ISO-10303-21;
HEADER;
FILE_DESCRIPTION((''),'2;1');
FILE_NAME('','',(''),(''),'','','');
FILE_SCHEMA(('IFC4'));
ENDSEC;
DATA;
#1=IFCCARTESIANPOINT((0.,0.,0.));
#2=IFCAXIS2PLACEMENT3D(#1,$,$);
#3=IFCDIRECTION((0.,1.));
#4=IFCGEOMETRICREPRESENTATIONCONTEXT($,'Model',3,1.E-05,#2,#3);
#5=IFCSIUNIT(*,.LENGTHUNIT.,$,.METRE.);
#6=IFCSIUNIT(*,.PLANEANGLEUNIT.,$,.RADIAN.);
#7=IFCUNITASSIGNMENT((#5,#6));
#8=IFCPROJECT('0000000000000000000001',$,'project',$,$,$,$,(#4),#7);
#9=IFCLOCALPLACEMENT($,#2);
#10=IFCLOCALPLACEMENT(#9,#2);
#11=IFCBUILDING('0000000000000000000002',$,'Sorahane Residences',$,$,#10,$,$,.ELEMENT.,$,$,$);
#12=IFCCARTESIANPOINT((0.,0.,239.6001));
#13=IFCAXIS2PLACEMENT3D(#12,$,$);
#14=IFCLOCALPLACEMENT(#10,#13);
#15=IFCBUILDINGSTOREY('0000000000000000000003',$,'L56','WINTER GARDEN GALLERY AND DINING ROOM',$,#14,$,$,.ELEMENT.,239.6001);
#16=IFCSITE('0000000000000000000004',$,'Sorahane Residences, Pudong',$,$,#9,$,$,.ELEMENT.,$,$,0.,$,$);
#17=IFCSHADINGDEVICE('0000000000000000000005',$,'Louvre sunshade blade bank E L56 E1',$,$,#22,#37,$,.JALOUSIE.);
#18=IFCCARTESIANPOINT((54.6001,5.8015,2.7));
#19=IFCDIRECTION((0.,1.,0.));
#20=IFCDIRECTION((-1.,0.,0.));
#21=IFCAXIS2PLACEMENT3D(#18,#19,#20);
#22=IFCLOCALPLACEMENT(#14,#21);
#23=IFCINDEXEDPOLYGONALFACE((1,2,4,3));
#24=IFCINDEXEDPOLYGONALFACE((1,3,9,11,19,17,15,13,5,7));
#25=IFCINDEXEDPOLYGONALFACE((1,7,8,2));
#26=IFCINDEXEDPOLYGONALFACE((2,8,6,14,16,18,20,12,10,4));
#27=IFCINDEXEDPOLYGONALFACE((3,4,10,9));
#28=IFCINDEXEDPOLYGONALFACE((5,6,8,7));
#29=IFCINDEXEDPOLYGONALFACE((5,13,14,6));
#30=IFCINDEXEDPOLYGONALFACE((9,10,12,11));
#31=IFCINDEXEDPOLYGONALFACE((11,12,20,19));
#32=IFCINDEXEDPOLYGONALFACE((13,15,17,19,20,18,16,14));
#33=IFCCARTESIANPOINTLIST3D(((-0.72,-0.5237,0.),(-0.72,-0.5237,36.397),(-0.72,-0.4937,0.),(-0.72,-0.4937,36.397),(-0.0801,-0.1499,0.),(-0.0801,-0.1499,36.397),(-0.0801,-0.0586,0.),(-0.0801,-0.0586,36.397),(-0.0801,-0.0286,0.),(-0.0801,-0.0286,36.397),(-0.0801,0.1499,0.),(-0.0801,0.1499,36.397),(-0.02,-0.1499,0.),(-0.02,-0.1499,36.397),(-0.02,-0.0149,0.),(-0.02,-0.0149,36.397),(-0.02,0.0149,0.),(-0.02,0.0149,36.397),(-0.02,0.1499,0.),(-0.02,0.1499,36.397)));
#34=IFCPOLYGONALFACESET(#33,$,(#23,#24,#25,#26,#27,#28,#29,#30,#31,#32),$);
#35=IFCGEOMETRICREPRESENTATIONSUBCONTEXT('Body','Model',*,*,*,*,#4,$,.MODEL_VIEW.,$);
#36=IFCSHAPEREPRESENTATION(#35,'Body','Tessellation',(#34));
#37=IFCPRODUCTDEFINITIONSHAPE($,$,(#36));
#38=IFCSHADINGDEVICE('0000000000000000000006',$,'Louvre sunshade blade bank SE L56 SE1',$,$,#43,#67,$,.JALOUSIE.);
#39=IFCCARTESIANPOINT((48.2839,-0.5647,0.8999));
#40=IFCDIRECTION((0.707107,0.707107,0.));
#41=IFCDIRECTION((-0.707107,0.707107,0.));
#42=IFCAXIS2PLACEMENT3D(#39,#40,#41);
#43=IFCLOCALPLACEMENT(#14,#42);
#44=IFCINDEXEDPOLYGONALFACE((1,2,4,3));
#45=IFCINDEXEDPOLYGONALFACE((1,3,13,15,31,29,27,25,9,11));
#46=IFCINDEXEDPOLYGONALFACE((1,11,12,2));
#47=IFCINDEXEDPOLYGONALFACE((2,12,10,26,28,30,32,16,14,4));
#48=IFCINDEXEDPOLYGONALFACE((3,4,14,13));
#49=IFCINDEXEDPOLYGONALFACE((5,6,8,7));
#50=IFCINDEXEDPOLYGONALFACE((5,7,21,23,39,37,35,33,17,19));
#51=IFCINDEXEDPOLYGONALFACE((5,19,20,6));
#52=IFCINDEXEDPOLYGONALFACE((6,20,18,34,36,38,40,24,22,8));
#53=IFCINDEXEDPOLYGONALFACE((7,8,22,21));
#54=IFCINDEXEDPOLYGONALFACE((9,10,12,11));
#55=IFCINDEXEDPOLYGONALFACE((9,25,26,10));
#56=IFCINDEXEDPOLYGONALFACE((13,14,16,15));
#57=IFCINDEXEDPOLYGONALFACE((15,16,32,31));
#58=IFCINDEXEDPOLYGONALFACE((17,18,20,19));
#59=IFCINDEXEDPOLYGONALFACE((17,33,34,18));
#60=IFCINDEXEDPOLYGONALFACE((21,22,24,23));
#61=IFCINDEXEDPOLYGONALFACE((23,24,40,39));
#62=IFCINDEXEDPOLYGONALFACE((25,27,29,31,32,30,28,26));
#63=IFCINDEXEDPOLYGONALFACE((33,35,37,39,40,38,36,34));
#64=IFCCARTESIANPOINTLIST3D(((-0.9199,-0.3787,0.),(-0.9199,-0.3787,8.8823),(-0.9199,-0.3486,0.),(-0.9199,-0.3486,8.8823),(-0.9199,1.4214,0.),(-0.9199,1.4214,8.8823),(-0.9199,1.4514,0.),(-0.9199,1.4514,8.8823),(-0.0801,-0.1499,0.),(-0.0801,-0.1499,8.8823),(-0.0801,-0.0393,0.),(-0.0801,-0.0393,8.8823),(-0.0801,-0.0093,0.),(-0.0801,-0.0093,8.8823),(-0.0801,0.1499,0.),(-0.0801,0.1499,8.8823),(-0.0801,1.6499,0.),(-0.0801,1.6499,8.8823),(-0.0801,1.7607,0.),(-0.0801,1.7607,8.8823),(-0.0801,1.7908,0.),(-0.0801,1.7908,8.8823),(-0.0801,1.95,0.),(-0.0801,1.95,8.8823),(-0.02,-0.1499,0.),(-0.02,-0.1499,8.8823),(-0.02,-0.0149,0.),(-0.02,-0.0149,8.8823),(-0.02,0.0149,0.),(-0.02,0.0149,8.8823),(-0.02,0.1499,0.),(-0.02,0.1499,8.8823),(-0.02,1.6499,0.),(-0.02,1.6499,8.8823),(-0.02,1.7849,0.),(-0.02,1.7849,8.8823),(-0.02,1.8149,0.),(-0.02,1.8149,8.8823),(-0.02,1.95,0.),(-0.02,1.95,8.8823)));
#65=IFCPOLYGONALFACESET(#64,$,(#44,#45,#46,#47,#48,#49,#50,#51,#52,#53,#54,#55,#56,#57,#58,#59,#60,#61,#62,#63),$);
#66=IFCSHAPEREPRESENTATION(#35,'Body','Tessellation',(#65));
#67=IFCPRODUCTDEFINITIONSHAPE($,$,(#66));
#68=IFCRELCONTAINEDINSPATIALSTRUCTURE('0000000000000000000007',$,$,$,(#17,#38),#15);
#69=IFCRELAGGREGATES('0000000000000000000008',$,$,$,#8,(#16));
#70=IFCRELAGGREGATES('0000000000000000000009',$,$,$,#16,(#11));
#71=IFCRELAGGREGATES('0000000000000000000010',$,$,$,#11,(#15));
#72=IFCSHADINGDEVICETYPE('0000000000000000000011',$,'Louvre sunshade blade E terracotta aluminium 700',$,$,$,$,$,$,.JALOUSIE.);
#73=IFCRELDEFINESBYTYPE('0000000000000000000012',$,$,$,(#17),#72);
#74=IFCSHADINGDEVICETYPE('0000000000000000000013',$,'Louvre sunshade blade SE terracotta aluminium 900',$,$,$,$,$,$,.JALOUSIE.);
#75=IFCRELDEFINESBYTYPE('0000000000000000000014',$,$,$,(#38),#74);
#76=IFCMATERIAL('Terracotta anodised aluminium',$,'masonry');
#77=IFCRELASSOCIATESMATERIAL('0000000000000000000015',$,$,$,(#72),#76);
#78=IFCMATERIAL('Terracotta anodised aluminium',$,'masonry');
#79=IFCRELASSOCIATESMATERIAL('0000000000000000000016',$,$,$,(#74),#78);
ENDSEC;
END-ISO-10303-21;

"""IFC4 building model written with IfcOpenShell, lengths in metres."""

from ifc_helpers import new_model, si_unit, direction, frame, origin, place, context, subcontext, project, spatial, polyline, outline, composite_profile, extrude, material, type_object, element, save


model = new_model("IFC4")

# Units and contexts
model_context = context("Model", 3, precision=1e-05, world=origin(), true_north=direction((0.0, 1.0)))
body_context = subcontext(model_context, "Body", "Model", "MODEL_VIEW")
ifc_project = project(units=[si_unit("LENGTHUNIT", "METRE"), si_unit("PLANEANGLEUNIT", "RADIAN")], contexts=[model_context])

# Site, building, storey
site_placement = place(None, origin())
site = spatial("IfcSite", under=ifc_project, at=site_placement, Name="Sorahane Residences, Pudong", CompositionType="ELEMENT", RefElevation=0.0)
building_placement = place(site_placement, origin())
building = spatial("IfcBuilding", under=site, at=building_placement, Name="Sorahane Residences", CompositionType="ELEMENT")
storey_placement = place(building_placement, frame((0.0, 0.0, 239.6001)))
storey = spatial("IfcBuildingStorey", under=building, at=storey_placement, Name="L56", Description="WINTER GARDEN GALLERY AND DINING ROOM", CompositionType="ELEMENT", Elevation=239.6001)

# Shading devices
ifc_material_1 = material(Name="Terracotta anodised aluminium", Category="masonry")
shading_device_type_1 = type_object("IfcShadingDeviceType", Name="Louvre sunshade blade E terracotta aluminium 700", PredefinedType="JALOUSIE", material=ifc_material_1)
shading_device_1_placement = place(storey_placement, frame((54.6001, 5.8015, 2.7), z_axis=(0.0, 1.0, 0.0), x_axis=(-1.0, 0.0, 0.0)))
element("IfcShadingDevice", 1, at=shading_device_1_placement, inside=storey, type_object=shading_device_type_1, Name="Louvre sunshade blade bank E L56 E1", PredefinedType="JALOUSIE", context=body_context, shape_type="SweptSolid", body=[
    extrude(outline(polyline([(-0.72, -0.4937), (-0.72, -0.5237), (-0.0801, -0.0586), (-0.0801, -0.1499), (-0.02, -0.1499), (-0.02, -0.0149), (-0.02, 0.0149), (-0.02, 0.1499), (-0.0801, 0.1499), (-0.0801, -0.0286), (-0.72, -0.4937)])), origin(), (0.0, 0.0, 1.0), 36.397),
])
ifc_material_2 = material(Name="Terracotta anodised aluminium", Category="masonry")
shading_device_type_2 = type_object("IfcShadingDeviceType", Name="Louvre sunshade blade SE terracotta aluminium 900", PredefinedType="JALOUSIE", material=ifc_material_2)
shading_device_2_placement = place(storey_placement, frame((48.2839, -0.5647, 0.8999), z_axis=(0.707107, 0.707107, 0.0), x_axis=(-0.707107, 0.707107, 0.0)))
element("IfcShadingDevice", 2, at=shading_device_2_placement, inside=storey, type_object=shading_device_type_2, Name="Louvre sunshade blade bank SE L56 SE1", PredefinedType="JALOUSIE", context=body_context, shape_type="SweptSolid", body=[
    extrude(composite_profile([outline(polyline([(-0.9199, -0.3486), (-0.9199, -0.3787), (-0.0801, -0.0393), (-0.0801, -0.1499), (-0.02, -0.1499), (-0.02, -0.0149), (-0.02, 0.0149), (-0.02, 0.1499), (-0.0801, 0.1499), (-0.0801, -0.0093), (-0.9199, -0.3486)])), outline(polyline([(-0.9199, 1.4514), (-0.9199, 1.4214), (-0.0801, 1.7607), (-0.0801, 1.6499), (-0.02, 1.6499), (-0.02, 1.7849), (-0.02, 1.8149), (-0.02, 1.95), (-0.0801, 1.95), (-0.0801, 1.7908), (-0.9199, 1.4514)]))]), origin(), (0.0, 0.0, 1.0), 8.8823),
])

save(model, "model.ifc")
